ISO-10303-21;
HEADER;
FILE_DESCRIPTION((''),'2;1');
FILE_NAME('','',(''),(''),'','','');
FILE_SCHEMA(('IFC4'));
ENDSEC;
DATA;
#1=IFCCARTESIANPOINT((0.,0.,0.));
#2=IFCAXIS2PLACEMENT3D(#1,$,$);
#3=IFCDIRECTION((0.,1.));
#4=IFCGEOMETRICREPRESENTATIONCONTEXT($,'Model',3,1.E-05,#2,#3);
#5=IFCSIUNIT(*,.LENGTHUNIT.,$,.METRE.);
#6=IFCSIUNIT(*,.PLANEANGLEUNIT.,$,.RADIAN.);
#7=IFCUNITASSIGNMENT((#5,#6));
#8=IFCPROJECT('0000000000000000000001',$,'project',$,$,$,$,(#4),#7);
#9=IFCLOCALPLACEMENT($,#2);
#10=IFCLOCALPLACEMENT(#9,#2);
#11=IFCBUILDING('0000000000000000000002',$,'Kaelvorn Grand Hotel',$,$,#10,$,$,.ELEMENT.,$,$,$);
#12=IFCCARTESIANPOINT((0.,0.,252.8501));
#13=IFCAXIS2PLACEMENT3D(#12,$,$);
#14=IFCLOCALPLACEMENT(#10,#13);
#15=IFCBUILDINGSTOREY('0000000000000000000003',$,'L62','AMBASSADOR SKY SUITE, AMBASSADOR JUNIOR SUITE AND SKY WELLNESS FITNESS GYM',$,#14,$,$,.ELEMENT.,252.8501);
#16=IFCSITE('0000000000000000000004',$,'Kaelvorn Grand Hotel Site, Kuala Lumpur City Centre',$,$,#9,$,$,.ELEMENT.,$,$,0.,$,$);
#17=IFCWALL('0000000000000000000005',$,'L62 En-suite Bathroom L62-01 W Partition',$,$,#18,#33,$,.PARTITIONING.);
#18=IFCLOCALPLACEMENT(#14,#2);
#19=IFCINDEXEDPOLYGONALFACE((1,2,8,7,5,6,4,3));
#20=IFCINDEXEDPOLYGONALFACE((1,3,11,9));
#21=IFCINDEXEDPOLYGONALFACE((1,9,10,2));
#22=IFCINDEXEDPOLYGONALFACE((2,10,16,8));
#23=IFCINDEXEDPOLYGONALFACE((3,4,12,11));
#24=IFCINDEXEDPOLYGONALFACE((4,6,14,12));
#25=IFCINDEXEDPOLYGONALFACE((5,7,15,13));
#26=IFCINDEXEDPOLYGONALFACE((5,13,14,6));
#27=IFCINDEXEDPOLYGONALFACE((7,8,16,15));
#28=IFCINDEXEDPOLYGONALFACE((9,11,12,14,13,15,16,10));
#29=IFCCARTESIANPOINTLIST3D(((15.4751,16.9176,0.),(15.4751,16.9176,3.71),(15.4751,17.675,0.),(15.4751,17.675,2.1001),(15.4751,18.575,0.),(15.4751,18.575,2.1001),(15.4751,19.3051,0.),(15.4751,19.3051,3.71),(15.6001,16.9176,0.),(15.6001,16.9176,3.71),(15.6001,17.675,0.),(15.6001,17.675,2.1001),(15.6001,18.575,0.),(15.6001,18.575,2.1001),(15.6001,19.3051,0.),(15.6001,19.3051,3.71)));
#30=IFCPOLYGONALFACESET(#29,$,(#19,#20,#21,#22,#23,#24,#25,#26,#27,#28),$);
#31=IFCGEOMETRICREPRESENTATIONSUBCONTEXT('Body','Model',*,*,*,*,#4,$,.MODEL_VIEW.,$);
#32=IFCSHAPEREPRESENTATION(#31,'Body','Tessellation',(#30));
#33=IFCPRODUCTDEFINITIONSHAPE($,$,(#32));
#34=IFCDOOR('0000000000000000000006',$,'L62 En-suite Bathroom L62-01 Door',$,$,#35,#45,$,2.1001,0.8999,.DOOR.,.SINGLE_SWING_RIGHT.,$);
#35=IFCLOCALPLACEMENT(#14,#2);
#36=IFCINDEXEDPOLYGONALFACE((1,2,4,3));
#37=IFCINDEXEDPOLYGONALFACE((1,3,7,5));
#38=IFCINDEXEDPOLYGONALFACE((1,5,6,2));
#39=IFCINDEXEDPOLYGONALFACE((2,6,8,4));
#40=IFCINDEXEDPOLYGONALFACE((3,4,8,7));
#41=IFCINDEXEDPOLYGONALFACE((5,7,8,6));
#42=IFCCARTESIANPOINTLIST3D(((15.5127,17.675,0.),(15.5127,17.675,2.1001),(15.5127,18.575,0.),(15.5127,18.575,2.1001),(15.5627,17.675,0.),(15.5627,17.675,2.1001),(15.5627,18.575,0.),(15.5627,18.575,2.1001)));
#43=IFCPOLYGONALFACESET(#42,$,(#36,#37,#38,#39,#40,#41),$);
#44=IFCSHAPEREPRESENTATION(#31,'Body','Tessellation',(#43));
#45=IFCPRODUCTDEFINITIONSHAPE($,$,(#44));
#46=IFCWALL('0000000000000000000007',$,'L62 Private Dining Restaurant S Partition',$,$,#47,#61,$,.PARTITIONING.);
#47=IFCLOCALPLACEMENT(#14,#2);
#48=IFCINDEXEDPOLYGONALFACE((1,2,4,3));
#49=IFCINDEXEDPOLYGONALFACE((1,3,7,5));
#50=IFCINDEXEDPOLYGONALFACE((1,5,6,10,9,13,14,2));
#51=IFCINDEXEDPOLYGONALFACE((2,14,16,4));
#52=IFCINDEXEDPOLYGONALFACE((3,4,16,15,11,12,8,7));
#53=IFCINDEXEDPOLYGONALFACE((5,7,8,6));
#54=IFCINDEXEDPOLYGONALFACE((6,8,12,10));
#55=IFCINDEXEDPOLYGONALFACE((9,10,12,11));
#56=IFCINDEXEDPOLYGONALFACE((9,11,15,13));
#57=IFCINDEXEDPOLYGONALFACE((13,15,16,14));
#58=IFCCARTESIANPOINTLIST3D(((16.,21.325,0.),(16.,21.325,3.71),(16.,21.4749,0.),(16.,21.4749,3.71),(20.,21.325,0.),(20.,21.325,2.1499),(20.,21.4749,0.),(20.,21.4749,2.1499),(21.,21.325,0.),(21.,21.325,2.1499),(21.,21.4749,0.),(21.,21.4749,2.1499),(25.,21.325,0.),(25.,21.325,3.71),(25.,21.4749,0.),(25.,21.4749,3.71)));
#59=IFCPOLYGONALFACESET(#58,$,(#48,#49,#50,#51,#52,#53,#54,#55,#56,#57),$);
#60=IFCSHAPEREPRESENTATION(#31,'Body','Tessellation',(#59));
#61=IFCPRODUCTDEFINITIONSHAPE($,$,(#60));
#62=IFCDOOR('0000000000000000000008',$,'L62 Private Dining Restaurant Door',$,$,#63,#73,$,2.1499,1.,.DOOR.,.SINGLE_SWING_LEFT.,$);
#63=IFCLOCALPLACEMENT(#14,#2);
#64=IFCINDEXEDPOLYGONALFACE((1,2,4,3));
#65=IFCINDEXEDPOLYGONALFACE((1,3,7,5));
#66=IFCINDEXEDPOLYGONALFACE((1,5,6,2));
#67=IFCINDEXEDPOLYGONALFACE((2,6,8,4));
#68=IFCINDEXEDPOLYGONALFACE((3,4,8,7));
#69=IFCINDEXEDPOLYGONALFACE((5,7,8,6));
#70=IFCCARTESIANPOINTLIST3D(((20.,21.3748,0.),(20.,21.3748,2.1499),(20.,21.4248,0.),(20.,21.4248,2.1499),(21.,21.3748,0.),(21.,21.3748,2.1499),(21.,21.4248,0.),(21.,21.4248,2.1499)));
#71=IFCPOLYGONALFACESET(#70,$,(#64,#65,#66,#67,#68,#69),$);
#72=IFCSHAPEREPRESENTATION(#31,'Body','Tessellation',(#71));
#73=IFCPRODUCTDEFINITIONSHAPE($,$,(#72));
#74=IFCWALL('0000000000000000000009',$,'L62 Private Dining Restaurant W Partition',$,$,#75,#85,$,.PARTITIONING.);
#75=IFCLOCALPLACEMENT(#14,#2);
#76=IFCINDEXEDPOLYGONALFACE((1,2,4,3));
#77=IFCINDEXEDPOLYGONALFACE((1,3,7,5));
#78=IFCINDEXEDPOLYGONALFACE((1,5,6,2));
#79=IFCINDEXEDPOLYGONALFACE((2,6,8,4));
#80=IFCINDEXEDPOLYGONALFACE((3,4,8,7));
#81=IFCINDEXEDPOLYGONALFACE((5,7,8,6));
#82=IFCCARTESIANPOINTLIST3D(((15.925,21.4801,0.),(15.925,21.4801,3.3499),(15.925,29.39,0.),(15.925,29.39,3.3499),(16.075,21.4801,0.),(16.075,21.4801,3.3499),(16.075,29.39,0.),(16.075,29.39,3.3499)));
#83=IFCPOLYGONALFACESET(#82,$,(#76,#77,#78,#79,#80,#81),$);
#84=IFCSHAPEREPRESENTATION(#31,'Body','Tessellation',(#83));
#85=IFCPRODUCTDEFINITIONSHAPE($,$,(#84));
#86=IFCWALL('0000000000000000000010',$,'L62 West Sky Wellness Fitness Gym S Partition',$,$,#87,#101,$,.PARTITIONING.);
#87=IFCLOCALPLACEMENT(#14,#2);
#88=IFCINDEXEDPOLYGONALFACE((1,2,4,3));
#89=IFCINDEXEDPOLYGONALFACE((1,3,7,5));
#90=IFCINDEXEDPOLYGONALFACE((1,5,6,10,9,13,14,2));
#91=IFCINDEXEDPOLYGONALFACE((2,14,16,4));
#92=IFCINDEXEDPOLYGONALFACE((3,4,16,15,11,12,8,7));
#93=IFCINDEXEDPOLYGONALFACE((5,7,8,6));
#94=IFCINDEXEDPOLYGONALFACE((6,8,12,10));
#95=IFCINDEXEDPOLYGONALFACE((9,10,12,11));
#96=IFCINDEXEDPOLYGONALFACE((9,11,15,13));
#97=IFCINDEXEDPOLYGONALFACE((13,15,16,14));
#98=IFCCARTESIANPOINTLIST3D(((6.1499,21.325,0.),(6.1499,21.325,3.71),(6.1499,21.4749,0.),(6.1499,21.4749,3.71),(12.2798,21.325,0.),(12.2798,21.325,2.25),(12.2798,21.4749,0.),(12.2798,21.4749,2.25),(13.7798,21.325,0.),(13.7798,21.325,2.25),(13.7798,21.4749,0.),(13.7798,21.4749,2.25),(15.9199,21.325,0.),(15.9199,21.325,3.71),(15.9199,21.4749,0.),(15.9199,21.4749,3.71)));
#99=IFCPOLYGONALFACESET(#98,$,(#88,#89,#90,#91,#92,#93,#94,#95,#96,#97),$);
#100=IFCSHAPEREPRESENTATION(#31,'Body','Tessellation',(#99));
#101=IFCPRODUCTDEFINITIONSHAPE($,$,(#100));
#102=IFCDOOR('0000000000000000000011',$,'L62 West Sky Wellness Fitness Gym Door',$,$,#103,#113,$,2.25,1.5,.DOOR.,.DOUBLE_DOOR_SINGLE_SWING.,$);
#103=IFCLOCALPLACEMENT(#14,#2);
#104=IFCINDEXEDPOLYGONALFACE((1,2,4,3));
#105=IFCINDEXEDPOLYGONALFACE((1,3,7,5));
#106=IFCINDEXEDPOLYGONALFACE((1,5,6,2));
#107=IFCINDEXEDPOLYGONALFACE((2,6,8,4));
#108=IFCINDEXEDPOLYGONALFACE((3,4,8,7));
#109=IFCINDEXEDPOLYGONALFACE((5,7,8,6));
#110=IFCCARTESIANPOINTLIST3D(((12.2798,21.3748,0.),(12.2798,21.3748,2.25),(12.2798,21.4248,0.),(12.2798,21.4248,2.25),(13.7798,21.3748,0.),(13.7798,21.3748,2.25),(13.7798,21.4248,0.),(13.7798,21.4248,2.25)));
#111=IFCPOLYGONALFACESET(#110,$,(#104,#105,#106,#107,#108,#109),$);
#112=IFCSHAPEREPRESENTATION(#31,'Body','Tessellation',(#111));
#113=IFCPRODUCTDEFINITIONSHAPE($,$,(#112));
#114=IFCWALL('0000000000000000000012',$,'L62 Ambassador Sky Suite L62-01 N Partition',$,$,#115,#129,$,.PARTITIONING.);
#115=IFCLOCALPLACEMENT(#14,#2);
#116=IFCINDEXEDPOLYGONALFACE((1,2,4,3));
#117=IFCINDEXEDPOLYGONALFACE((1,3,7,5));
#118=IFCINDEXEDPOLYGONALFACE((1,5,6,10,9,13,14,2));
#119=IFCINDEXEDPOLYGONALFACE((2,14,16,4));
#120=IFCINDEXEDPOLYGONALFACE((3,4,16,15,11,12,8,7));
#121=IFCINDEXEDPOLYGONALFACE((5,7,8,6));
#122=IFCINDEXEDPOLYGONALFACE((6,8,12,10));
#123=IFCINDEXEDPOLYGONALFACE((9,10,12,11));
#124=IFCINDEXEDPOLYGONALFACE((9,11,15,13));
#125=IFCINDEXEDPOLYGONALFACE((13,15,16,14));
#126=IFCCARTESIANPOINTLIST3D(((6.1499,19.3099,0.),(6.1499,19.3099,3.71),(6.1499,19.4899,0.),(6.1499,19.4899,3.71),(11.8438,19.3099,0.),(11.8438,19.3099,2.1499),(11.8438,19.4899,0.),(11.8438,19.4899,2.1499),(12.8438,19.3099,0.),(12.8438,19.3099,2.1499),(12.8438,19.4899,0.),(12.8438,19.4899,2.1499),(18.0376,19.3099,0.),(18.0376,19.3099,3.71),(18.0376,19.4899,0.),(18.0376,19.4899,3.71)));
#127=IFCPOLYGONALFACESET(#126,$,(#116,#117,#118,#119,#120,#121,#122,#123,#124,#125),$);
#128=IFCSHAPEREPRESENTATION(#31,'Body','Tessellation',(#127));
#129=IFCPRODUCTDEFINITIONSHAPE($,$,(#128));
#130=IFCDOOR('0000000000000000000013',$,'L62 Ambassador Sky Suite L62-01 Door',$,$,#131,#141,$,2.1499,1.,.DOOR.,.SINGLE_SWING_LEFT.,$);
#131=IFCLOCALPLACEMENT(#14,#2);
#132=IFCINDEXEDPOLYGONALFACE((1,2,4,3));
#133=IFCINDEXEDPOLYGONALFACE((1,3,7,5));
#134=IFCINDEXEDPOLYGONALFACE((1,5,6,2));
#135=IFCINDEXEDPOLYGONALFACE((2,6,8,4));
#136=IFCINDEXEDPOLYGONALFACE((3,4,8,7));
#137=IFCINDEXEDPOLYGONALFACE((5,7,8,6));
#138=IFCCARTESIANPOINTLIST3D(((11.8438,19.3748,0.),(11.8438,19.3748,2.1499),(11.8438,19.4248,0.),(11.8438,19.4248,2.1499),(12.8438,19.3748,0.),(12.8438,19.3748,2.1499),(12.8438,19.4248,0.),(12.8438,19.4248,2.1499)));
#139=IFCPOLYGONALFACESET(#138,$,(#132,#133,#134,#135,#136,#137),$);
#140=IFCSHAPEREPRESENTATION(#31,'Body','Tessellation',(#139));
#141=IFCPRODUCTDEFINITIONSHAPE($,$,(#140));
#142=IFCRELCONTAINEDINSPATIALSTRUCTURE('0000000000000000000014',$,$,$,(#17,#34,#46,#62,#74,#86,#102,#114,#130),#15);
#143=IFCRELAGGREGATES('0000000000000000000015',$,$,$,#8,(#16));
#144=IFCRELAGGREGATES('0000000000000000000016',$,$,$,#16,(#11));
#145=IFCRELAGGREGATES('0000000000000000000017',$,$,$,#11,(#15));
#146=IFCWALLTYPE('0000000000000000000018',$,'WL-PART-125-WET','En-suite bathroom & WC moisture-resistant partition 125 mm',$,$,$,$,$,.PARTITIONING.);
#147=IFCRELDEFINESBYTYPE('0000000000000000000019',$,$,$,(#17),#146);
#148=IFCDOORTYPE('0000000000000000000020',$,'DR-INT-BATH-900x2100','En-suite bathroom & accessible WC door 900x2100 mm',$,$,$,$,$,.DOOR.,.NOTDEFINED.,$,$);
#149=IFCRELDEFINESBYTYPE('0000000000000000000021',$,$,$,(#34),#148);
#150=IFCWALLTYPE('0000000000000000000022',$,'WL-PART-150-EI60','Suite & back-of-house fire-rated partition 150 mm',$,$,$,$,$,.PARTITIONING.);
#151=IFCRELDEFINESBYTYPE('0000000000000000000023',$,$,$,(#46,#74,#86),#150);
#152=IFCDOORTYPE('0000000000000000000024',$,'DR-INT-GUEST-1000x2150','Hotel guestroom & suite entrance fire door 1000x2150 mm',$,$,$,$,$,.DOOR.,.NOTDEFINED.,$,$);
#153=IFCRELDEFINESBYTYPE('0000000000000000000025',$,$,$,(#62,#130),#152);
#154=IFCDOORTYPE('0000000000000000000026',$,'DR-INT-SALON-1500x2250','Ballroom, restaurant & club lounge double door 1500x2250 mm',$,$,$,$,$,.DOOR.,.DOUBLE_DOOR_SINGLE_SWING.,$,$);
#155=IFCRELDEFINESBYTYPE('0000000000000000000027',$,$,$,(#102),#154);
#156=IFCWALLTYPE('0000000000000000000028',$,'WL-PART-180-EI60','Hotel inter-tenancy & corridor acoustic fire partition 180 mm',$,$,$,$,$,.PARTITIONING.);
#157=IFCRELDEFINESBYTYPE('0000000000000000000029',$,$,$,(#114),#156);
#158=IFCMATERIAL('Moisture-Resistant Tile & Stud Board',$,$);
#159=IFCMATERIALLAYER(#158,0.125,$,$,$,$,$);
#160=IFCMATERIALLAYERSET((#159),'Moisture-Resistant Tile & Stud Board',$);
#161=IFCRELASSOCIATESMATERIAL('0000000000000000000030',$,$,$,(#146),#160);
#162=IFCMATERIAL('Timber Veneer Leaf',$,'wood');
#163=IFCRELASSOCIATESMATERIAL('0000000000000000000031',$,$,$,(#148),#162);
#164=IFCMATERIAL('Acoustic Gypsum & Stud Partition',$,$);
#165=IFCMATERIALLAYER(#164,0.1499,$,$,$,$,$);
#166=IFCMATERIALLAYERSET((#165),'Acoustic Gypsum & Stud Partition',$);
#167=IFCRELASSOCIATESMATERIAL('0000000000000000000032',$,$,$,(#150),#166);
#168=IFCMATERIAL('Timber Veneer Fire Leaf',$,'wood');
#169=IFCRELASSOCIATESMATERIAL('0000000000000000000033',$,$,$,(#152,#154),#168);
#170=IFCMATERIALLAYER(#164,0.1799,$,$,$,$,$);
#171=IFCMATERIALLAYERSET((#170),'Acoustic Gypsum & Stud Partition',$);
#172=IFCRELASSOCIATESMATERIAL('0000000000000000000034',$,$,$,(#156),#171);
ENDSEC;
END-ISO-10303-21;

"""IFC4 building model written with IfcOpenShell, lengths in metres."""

from ifc_helpers import new_model, si_unit, direction, frame, frame_2d, origin, place, context, subcontext, project, spatial, rectangle, extrude, material, layer, layer_set, type_object, element, fill, save


model = new_model("IFC4")

# Units and contexts
model_context = context("Model", 3, precision=1e-05, world=origin(), true_north=direction((0.0, 1.0)))
body_context = subcontext(model_context, "Body", "Model", "MODEL_VIEW")
ifc_project = project(units=[si_unit("LENGTHUNIT", "METRE"), si_unit("PLANEANGLEUNIT", "RADIAN")], contexts=[model_context])

# Site, building, storey
site_placement = place(None, origin())
site = spatial("IfcSite", under=ifc_project, at=site_placement, Name="Kaelvorn Grand Hotel Site, Kuala Lumpur City Centre", CompositionType="ELEMENT", RefElevation=0.0)
building_placement = place(site_placement, origin())
building = spatial("IfcBuilding", under=site, at=building_placement, Name="Kaelvorn Grand Hotel", CompositionType="ELEMENT")
storey_placement = place(building_placement, frame((0.0, 0.0, 252.8501)))
storey = spatial("IfcBuildingStorey", under=building, at=storey_placement, Name="L62", Description="AMBASSADOR SKY SUITE, AMBASSADOR JUNIOR SUITE AND SKY WELLNESS FITNESS GYM", CompositionType="ELEMENT", Elevation=252.8501)

# Shared definitions
ifc_material_1 = material(Name="Moisture-Resistant Tile & Stud Board")
ifc_layer_1 = layer(ifc_material_1, 0.125)
ifc_layer_set_1 = layer_set([ifc_layer_1], Name="Moisture-Resistant Tile & Stud Board")
wall_type_1 = type_object("IfcWallType", Name="WL-PART-125-WET", Description="En-suite bathroom & WC moisture-resistant partition 125 mm", PredefinedType="PARTITIONING", material=ifc_layer_set_1)

# Walls, openings, doors
wall_1_placement = place(storey_placement, frame((15.5376, 16.9175, 0.0), z_axis=(0.0, 0.0, 1.0), x_axis=(0.0, 1.0, 0.0)))
wall_1 = element("IfcWall", 1, at=wall_1_placement, inside=storey, type_object=wall_type_1, Name="L62 En-suite Bathroom L62-01 W Partition", PredefinedType="PARTITIONING", context=body_context, shape_type="SweptSolid", body=[
    extrude(rectangle(XDim=2.3875, YDim=0.125, at=frame_2d((1.1938, 0.0))), origin(), (0.0, 0.0, 1.0), 3.71),
])
opening_1_placement = place(wall_1_placement, frame((0.7576, 0.0, 0.0)))
opening_1 = element("IfcOpeningElement", 2, at=opening_1_placement, cuts=wall_1, PredefinedType="OPENING", context=body_context, shape_type="SweptSolid", body=[
    extrude(rectangle(XDim=0.8999, YDim=2.1001, at=frame_2d((0.45, 1.05))), frame((0.0, 0.0725, 0.0), z_axis=(0.0, -1.0, 0.0), x_axis=(1.0, 0.0, 0.0)), (0.0, 0.0, 1.0), 0.145),
])
ifc_material_2 = material(Name="Timber Veneer Leaf", Category="wood")
door_type_1 = type_object("IfcDoorType", Name="DR-INT-BATH-900x2100", Description="En-suite bathroom & accessible WC door 900x2100 mm", OperationType="NOTDEFINED", PredefinedType="DOOR", material=ifc_material_2)
door_1_placement = place(opening_1_placement, origin())
door_1 = element("IfcDoor", 3, at=door_1_placement, inside=storey, type_object=door_type_1, Name="L62 En-suite Bathroom L62-01 Door", OperationType="SINGLE_SWING_RIGHT", OverallHeight=2.1001, OverallWidth=0.8999, PredefinedType="DOOR", context=body_context, shape_type="SweptSolid", body=[
    extrude(rectangle(XDim=0.8999, YDim=2.1001, at=frame_2d((0.45, 1.05))), frame((0.0, 0.0249, 0.0), z_axis=(0.0, -1.0, 0.0), x_axis=(1.0, 0.0, 0.0)), (0.0, 0.0, 1.0), 0.05),
])
fill(opening_1, door_1)
ifc_material_3 = material(Name="Acoustic Gypsum & Stud Partition")
ifc_layer_2 = layer(ifc_material_3, 0.1499)
ifc_layer_set_2 = layer_set([ifc_layer_2], Name="Acoustic Gypsum & Stud Partition")
wall_type_2 = type_object("IfcWallType", Name="WL-PART-150-EI60", Description="Suite & back-of-house fire-rated partition 150 mm", PredefinedType="PARTITIONING", material=ifc_layer_set_2)
wall_2_placement = place(storey_placement, frame((16.0, 21.3999, 0.0), z_axis=(0.0, 0.0, 1.0), x_axis=(1.0, 0.0, 0.0)))
wall_2 = element("IfcWall", 4, at=wall_2_placement, inside=storey, type_object=wall_type_2, Name="L62 Private Dining Restaurant S Partition", PredefinedType="PARTITIONING", context=body_context, shape_type="SweptSolid", body=[
    extrude(rectangle(XDim=9.0, YDim=0.1499, at=frame_2d((4.5, 0.0))), origin(), (0.0, 0.0, 1.0), 3.71),
])
opening_2_placement = place(wall_2_placement, frame((4.0, 0.0, 0.0)))
opening_2 = element("IfcOpeningElement", 5, at=opening_2_placement, cuts=wall_2, PredefinedType="OPENING", context=body_context, shape_type="SweptSolid", body=[
    extrude(rectangle(XDim=1.0, YDim=2.1499, at=frame_2d((0.5, 1.075))), frame((0.0, 0.085, 0.0), z_axis=(0.0, -1.0, 0.0), x_axis=(1.0, 0.0, 0.0)), (0.0, 0.0, 1.0), 0.1699),
])
ifc_material_4 = material(Name="Timber Veneer Fire Leaf", Category="wood")
door_type_2 = type_object("IfcDoorType", Name="DR-INT-GUEST-1000x2150", Description="Hotel guestroom & suite entrance fire door 1000x2150 mm", OperationType="NOTDEFINED", PredefinedType="DOOR", material=ifc_material_4)
door_2_placement = place(opening_2_placement, origin())
door_2 = element("IfcDoor", 6, at=door_2_placement, inside=storey, type_object=door_type_2, Name="L62 Private Dining Restaurant Door", OperationType="SINGLE_SWING_LEFT", OverallHeight=2.1499, OverallWidth=1.0, PredefinedType="DOOR", context=body_context, shape_type="SweptSolid", body=[
    extrude(rectangle(XDim=1.0, YDim=2.1499, at=frame_2d((0.5, 1.075))), frame((0.0, 0.0249, 0.0), z_axis=(0.0, -1.0, 0.0), x_axis=(1.0, 0.0, 0.0)), (0.0, 0.0, 1.0), 0.05),
])
fill(opening_2, door_2)

# Wall
wall_3_placement = place(storey_placement, frame((16.0, 21.48, 0.0), z_axis=(0.0, 0.0, 1.0), x_axis=(0.0, 1.0, 0.0)))
element("IfcWall", 7, at=wall_3_placement, inside=storey, type_object=wall_type_2, Name="L62 Private Dining Restaurant W Partition", PredefinedType="PARTITIONING", context=body_context, shape_type="SweptSolid", body=[
    extrude(rectangle(XDim=7.9099, YDim=0.1499, at=frame_2d((3.9551, 0.0))), origin(), (0.0, 0.0, 1.0), 3.3499),
])

# Walls, openings, doors
wall_4_placement = place(storey_placement, frame((6.1499, 21.3999, 0.0), z_axis=(0.0, 0.0, 1.0), x_axis=(1.0, 0.0, 0.0)))
wall_4 = element("IfcWall", 8, at=wall_4_placement, inside=storey, type_object=wall_type_2, Name="L62 West Sky Wellness Fitness Gym S Partition", PredefinedType="PARTITIONING", context=body_context, shape_type="SweptSolid", body=[
    extrude(rectangle(XDim=9.77, YDim=0.1499, at=frame_2d((4.885, 0.0))), origin(), (0.0, 0.0, 1.0), 3.71),
])
opening_3_placement = place(wall_4_placement, frame((6.1299, 0.0, 0.0)))
opening_3 = element("IfcOpeningElement", 9, at=opening_3_placement, cuts=wall_4, PredefinedType="OPENING", context=body_context, shape_type="SweptSolid", body=[
    extrude(rectangle(XDim=1.5, YDim=2.25, at=frame_2d((0.75, 1.125))), frame((0.0, 0.085, 0.0), z_axis=(0.0, -1.0, 0.0), x_axis=(1.0, 0.0, 0.0)), (0.0, 0.0, 1.0), 0.1699),
])
door_type_3 = type_object("IfcDoorType", Name="DR-INT-SALON-1500x2250", Description="Ballroom, restaurant & club lounge double door 1500x2250 mm", OperationType="DOUBLE_DOOR_SINGLE_SWING", PredefinedType="DOOR", material=ifc_material_4)
door_3_placement = place(opening_3_placement, origin())
door_3 = element("IfcDoor", 10, at=door_3_placement, inside=storey, type_object=door_type_3, Name="L62 West Sky Wellness Fitness Gym Door", OperationType="DOUBLE_DOOR_SINGLE_SWING", OverallHeight=2.25, OverallWidth=1.5, PredefinedType="DOOR", context=body_context, shape_type="SweptSolid", body=[
    extrude(rectangle(XDim=1.5, YDim=2.25, at=frame_2d((0.75, 1.125))), frame((0.0, 0.0249, 0.0), z_axis=(0.0, -1.0, 0.0), x_axis=(1.0, 0.0, 0.0)), (0.0, 0.0, 1.0), 0.05),
])
fill(opening_3, door_3)
ifc_layer_3 = layer(ifc_material_3, 0.1799)
ifc_layer_set_3 = layer_set([ifc_layer_3], Name="Acoustic Gypsum & Stud Partition")
wall_type_3 = type_object("IfcWallType", Name="WL-PART-180-EI60", Description="Hotel inter-tenancy & corridor acoustic fire partition 180 mm", PredefinedType="PARTITIONING", material=ifc_layer_set_3)
wall_5_placement = place(storey_placement, frame((6.1499, 19.3999, 0.0), z_axis=(0.0, 0.0, 1.0), x_axis=(1.0, 0.0, 0.0)))
wall_5 = element("IfcWall", 11, at=wall_5_placement, inside=storey, type_object=wall_type_3, Name="L62 Ambassador Sky Suite L62-01 N Partition", PredefinedType="PARTITIONING", context=body_context, shape_type="SweptSolid", body=[
    extrude(rectangle(XDim=11.8877, YDim=0.1799, at=frame_2d((5.9438, 0.0))), origin(), (0.0, 0.0, 1.0), 3.71),
])
opening_4_placement = place(wall_5_placement, frame((5.6938, 0.0, 0.0)))
opening_4 = element("IfcOpeningElement", 12, at=opening_4_placement, cuts=wall_5, PredefinedType="OPENING", context=body_context, shape_type="SweptSolid", body=[
    extrude(rectangle(XDim=1.0, YDim=2.1499, at=frame_2d((0.5, 1.075))), frame((0.0, 0.1001, 0.0), z_axis=(0.0, -1.0, 0.0), x_axis=(1.0, 0.0, 0.0)), (0.0, 0.0, 1.0), 0.2),
])
door_4_placement = place(opening_4_placement, origin())
door_4 = element("IfcDoor", 13, at=door_4_placement, inside=storey, type_object=door_type_2, Name="L62 Ambassador Sky Suite L62-01 Door", OperationType="SINGLE_SWING_LEFT", OverallHeight=2.1499, OverallWidth=1.0, PredefinedType="DOOR", context=body_context, shape_type="SweptSolid", body=[
    extrude(rectangle(XDim=1.0, YDim=2.1499, at=frame_2d((0.5, 1.075))), frame((0.0, 0.0249, 0.0), z_axis=(0.0, -1.0, 0.0), x_axis=(1.0, 0.0, 0.0)), (0.0, 0.0, 1.0), 0.05),
])
fill(opening_4, door_4)

save(model, "model.ifc")
